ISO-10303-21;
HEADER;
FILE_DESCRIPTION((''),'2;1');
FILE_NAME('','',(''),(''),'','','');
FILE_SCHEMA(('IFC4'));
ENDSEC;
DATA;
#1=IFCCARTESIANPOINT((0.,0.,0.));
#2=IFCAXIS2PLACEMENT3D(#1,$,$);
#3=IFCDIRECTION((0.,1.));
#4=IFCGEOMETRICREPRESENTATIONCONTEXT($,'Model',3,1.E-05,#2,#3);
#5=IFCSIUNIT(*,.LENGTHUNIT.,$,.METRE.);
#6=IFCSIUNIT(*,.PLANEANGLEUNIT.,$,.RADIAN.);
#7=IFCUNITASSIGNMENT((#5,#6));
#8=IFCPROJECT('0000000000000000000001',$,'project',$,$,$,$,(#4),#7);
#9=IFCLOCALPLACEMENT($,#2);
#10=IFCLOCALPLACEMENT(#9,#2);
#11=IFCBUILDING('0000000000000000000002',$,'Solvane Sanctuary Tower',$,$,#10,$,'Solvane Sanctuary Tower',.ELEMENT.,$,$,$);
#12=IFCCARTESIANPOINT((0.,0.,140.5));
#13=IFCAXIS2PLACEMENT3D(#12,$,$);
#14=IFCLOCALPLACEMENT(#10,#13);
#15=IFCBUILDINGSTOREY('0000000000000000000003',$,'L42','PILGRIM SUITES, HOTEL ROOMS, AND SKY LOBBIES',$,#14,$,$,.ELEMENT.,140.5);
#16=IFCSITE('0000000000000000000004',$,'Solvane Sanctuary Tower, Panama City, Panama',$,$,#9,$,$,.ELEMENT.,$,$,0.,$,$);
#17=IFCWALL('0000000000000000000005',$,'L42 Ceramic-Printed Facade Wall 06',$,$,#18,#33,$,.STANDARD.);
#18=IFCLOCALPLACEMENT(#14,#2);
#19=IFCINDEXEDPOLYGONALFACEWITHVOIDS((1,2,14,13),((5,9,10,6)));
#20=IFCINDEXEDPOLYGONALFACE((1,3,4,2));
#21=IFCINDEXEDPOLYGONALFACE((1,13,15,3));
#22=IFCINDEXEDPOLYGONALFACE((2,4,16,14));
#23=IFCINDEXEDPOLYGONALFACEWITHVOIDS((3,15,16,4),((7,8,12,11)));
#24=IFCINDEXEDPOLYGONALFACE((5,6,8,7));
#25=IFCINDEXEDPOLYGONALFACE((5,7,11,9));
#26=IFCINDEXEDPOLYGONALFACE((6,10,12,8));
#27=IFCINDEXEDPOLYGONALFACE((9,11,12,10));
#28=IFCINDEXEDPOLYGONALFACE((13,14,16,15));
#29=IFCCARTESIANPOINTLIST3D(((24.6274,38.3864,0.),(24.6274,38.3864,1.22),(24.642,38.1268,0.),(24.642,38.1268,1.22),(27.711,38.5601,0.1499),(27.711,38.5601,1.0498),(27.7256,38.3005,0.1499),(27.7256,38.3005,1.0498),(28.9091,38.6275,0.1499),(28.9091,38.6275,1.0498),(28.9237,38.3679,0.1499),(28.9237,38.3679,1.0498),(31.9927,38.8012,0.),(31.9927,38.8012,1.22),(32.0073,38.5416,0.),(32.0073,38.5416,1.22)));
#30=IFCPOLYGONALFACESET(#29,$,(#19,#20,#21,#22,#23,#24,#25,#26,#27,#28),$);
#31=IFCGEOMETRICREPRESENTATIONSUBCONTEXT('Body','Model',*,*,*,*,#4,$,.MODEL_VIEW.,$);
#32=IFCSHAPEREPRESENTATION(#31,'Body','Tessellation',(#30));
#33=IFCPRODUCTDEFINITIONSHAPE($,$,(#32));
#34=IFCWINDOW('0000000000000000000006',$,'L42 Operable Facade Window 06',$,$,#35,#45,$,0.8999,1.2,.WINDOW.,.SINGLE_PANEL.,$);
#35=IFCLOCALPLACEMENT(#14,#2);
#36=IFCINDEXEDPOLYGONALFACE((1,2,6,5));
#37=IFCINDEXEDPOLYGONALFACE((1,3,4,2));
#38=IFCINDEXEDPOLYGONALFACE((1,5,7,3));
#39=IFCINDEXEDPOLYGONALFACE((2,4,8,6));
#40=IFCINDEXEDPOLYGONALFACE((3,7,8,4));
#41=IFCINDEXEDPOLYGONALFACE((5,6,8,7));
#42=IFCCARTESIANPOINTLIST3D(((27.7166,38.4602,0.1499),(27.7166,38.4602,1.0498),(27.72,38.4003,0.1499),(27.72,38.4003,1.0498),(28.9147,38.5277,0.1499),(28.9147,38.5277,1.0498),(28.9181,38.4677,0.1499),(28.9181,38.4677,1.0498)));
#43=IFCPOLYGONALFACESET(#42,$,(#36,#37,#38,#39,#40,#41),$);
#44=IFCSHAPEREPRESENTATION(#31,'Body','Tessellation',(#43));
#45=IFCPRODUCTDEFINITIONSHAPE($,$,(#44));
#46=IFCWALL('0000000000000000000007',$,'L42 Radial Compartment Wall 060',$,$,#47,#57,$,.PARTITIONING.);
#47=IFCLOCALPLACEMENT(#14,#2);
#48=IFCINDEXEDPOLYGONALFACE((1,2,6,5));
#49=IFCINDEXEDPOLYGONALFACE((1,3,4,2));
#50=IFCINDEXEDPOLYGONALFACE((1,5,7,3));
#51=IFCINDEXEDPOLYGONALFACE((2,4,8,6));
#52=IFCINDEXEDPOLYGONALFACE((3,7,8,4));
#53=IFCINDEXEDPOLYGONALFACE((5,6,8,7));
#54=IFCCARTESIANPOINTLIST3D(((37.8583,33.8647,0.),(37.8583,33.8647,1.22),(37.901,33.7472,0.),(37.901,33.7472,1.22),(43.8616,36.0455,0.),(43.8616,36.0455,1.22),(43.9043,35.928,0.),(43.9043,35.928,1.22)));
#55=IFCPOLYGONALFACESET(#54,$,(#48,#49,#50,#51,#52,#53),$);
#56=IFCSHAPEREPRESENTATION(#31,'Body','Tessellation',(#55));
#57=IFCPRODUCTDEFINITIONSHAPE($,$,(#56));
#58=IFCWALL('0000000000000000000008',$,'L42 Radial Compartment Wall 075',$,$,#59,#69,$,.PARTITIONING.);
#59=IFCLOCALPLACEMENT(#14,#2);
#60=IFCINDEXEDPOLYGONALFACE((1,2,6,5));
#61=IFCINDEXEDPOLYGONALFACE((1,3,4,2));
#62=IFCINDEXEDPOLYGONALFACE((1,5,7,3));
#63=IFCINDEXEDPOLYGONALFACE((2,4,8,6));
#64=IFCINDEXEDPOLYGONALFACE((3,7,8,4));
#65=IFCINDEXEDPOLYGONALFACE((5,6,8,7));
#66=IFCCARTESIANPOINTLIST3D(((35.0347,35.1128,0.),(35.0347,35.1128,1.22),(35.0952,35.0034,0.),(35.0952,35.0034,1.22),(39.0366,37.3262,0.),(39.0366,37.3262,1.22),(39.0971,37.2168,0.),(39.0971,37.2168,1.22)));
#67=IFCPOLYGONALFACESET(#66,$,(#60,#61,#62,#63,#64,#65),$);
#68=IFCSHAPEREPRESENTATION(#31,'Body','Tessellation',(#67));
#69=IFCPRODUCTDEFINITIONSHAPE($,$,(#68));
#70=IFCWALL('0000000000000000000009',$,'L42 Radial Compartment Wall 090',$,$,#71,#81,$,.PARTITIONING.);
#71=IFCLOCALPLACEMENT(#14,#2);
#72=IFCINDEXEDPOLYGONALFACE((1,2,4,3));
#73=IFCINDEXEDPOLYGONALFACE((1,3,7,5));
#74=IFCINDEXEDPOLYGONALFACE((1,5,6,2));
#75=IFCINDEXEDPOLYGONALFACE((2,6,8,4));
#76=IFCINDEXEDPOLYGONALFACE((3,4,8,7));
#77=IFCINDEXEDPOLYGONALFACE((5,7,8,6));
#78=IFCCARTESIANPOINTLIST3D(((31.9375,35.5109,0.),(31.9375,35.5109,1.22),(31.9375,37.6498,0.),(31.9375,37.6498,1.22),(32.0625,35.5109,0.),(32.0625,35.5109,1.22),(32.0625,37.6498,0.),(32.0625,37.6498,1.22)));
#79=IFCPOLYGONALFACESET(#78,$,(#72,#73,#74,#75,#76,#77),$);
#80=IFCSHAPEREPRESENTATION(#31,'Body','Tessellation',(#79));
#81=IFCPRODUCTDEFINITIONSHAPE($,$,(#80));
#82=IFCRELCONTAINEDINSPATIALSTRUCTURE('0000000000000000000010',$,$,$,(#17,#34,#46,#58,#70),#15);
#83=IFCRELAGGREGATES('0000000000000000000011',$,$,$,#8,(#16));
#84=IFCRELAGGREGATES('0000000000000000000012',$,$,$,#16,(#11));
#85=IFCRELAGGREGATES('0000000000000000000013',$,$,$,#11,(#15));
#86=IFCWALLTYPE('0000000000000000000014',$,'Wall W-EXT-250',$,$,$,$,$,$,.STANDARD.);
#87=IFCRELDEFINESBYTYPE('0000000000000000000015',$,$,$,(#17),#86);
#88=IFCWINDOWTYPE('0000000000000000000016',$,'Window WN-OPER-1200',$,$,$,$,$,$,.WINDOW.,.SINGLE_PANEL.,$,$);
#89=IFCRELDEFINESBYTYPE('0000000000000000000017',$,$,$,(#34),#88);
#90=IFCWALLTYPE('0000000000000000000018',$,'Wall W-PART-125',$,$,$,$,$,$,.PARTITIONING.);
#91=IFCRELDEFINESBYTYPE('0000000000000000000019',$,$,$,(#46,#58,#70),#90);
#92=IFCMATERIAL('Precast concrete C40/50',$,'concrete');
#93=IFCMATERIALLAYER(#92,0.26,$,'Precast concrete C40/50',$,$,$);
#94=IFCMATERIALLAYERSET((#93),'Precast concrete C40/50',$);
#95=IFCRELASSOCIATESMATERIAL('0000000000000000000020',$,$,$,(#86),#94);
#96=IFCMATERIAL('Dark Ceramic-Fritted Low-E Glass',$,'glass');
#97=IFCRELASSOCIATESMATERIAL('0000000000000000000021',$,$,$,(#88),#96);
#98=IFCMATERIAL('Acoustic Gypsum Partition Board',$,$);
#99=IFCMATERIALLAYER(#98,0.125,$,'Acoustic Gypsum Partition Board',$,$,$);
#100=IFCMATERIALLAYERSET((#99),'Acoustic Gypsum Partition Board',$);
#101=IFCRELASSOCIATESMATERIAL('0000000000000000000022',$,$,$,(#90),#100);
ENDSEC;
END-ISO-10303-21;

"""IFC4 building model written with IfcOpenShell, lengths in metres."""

from ifc_helpers import new_model, si_unit, direction, frame, frame_2d, origin, place, context, subcontext, project, spatial, rectangle, extrude, material, layer, layer_set, type_object, element, fill, save


model = new_model("IFC4")

# Units and contexts
model_context = context("Model", 3, precision=1e-05, world=origin(), true_north=direction((0.0, 1.0)))
body_context = subcontext(model_context, "Body", "Model", "MODEL_VIEW")
ifc_project = project(units=[si_unit("LENGTHUNIT", "METRE"), si_unit("PLANEANGLEUNIT", "RADIAN")], contexts=[model_context])

# Site, building, storey
site_placement = place(None, origin())
site = spatial("IfcSite", under=ifc_project, at=site_placement, Name="Solvane Sanctuary Tower, Panama City, Panama", CompositionType="ELEMENT", RefElevation=0.0)
building_placement = place(site_placement, origin())
building = spatial("IfcBuilding", under=site, at=building_placement, Name="Solvane Sanctuary Tower", LongName="Solvane Sanctuary Tower", CompositionType="ELEMENT")
storey_placement = place(building_placement, frame((0.0, 0.0, 140.5)))
storey = spatial("IfcBuildingStorey", under=building, at=storey_placement, Name="L42", Description="PILGRIM SUITES, HOTEL ROOMS, AND SKY LOBBIES", CompositionType="ELEMENT", Elevation=140.5)

# Shared definitions
ifc_material_1 = material(Name="Acoustic Gypsum Partition Board")

# Wall, opening, window
ifc_material_2 = material(Name="Precast concrete C40/50", Category="concrete")
ifc_layer_1 = layer(ifc_material_2, 0.26, Name="Precast concrete C40/50")
ifc_layer_set_1 = layer_set([ifc_layer_1], Name="Precast concrete C40/50")
wall_type_1 = type_object("IfcWallType", Name="Wall W-EXT-250", PredefinedType="STANDARD", material=ifc_layer_set_1)
wall_1_placement = place(storey_placement, frame((32.0, 38.6714, 0.0), z_axis=(0.0, 0.0, 1.0), x_axis=(-0.998418, -0.056229, 0.0)))
wall_1 = element("IfcWall", 1, at=wall_1_placement, inside=storey, type_object=wall_type_1, Name="L42 Ceramic-Printed Facade Wall 06", PredefinedType="STANDARD", context=body_context, shape_type="SweptSolid", body=[
    extrude(rectangle(XDim=7.377, YDim=0.26, at=frame_2d((3.6885, 0.0))), origin(), (0.0, 0.0, 1.0), 1.22),
])
opening_1_placement = place(wall_1_placement, frame((3.0884, 0.0, 0.1499)))
opening_1 = element("IfcOpeningElement", 2, at=opening_1_placement, cuts=wall_1, PredefinedType="OPENING", context=body_context, shape_type="SweptSolid", body=[
    extrude(rectangle(XDim=1.2, YDim=0.8999, at=frame_2d((0.6001, 0.45))), frame((0.0, 0.1399, 0.0), z_axis=(0.0, -1.0, 0.0), x_axis=(1.0, 0.0, 0.0)), (0.0, 0.0, 1.0), 0.28),
])
ifc_material_3 = material(Name="Dark Ceramic-Fritted Low-E Glass", Category="glass")
window_type = type_object("IfcWindowType", Name="Window WN-OPER-1200", PartitioningType="SINGLE_PANEL", PredefinedType="WINDOW", material=ifc_material_3)
window_placement = place(opening_1_placement, origin())
window = element("IfcWindow", 3, at=window_placement, inside=storey, type_object=window_type, Name="L42 Operable Facade Window 06", OverallHeight=0.8999, OverallWidth=1.2, PartitioningType="SINGLE_PANEL", PredefinedType="WINDOW", context=body_context, shape_type="SweptSolid", body=[
    extrude(rectangle(XDim=1.2, YDim=0.8999, at=frame_2d((0.6001, 0.45))), frame((0.0, 0.03, 0.0), z_axis=(0.0, -1.0, 0.0), x_axis=(1.0, 0.0, 0.0)), (0.0, 0.0, 1.0), 0.0601),
])
fill(opening_1, window)

# Walls
ifc_layer_2 = layer(ifc_material_1, 0.125, Name="Acoustic Gypsum Partition Board")
ifc_layer_set_2 = layer_set([ifc_layer_2], Name="Acoustic Gypsum Partition Board")
wall_type_2 = type_object("IfcWallType", Name="Wall W-PART-125", PredefinedType="PARTITIONING", material=ifc_layer_set_2)
wall_2_placement = place(storey_placement, frame((37.8796, 33.8059, 0.0), z_axis=(0.0, 0.0, 1.0), x_axis=(0.939902, 0.341445, 0.0)))
element("IfcWall", 4, at=wall_2_placement, inside=storey, type_object=wall_type_2, Name="L42 Radial Compartment Wall 060", PredefinedType="PARTITIONING", context=body_context, shape_type="SweptSolid", body=[
    extrude(rectangle(XDim=6.3872, YDim=0.125, at=frame_2d((3.1936, 0.0))), origin(), (0.0, 0.0, 1.0), 1.22),
])
wall_3_placement = place(storey_placement, frame((35.0649, 35.0581, 0.0), z_axis=(0.0, 0.0, 1.0), x_axis=(0.875077, 0.483983, 0.0)))
element("IfcWall", 5, at=wall_3_placement, inside=storey, type_object=wall_type_2, Name="L42 Radial Compartment Wall 075", PredefinedType="PARTITIONING", context=body_context, shape_type="SweptSolid", body=[
    extrude(rectangle(XDim=4.5732, YDim=0.125, at=frame_2d((2.2866, 0.0))), origin(), (0.0, 0.0, 1.0), 1.22),
])
wall_4_placement = place(storey_placement, frame((32.0, 35.511, 0.0), z_axis=(0.0, 0.0, 1.0), x_axis=(0.0, 1.0, 0.0)))
element("IfcWall", 6, at=wall_4_placement, inside=storey, type_object=wall_type_2, Name="L42 Radial Compartment Wall 090", PredefinedType="PARTITIONING", context=body_context, shape_type="SweptSolid", body=[
    extrude(rectangle(XDim=2.1389, YDim=0.125, at=frame_2d((1.0693, 0.0))), origin(), (0.0, 0.0, 1.0), 1.22),
])

save(model, "model.ifc")
